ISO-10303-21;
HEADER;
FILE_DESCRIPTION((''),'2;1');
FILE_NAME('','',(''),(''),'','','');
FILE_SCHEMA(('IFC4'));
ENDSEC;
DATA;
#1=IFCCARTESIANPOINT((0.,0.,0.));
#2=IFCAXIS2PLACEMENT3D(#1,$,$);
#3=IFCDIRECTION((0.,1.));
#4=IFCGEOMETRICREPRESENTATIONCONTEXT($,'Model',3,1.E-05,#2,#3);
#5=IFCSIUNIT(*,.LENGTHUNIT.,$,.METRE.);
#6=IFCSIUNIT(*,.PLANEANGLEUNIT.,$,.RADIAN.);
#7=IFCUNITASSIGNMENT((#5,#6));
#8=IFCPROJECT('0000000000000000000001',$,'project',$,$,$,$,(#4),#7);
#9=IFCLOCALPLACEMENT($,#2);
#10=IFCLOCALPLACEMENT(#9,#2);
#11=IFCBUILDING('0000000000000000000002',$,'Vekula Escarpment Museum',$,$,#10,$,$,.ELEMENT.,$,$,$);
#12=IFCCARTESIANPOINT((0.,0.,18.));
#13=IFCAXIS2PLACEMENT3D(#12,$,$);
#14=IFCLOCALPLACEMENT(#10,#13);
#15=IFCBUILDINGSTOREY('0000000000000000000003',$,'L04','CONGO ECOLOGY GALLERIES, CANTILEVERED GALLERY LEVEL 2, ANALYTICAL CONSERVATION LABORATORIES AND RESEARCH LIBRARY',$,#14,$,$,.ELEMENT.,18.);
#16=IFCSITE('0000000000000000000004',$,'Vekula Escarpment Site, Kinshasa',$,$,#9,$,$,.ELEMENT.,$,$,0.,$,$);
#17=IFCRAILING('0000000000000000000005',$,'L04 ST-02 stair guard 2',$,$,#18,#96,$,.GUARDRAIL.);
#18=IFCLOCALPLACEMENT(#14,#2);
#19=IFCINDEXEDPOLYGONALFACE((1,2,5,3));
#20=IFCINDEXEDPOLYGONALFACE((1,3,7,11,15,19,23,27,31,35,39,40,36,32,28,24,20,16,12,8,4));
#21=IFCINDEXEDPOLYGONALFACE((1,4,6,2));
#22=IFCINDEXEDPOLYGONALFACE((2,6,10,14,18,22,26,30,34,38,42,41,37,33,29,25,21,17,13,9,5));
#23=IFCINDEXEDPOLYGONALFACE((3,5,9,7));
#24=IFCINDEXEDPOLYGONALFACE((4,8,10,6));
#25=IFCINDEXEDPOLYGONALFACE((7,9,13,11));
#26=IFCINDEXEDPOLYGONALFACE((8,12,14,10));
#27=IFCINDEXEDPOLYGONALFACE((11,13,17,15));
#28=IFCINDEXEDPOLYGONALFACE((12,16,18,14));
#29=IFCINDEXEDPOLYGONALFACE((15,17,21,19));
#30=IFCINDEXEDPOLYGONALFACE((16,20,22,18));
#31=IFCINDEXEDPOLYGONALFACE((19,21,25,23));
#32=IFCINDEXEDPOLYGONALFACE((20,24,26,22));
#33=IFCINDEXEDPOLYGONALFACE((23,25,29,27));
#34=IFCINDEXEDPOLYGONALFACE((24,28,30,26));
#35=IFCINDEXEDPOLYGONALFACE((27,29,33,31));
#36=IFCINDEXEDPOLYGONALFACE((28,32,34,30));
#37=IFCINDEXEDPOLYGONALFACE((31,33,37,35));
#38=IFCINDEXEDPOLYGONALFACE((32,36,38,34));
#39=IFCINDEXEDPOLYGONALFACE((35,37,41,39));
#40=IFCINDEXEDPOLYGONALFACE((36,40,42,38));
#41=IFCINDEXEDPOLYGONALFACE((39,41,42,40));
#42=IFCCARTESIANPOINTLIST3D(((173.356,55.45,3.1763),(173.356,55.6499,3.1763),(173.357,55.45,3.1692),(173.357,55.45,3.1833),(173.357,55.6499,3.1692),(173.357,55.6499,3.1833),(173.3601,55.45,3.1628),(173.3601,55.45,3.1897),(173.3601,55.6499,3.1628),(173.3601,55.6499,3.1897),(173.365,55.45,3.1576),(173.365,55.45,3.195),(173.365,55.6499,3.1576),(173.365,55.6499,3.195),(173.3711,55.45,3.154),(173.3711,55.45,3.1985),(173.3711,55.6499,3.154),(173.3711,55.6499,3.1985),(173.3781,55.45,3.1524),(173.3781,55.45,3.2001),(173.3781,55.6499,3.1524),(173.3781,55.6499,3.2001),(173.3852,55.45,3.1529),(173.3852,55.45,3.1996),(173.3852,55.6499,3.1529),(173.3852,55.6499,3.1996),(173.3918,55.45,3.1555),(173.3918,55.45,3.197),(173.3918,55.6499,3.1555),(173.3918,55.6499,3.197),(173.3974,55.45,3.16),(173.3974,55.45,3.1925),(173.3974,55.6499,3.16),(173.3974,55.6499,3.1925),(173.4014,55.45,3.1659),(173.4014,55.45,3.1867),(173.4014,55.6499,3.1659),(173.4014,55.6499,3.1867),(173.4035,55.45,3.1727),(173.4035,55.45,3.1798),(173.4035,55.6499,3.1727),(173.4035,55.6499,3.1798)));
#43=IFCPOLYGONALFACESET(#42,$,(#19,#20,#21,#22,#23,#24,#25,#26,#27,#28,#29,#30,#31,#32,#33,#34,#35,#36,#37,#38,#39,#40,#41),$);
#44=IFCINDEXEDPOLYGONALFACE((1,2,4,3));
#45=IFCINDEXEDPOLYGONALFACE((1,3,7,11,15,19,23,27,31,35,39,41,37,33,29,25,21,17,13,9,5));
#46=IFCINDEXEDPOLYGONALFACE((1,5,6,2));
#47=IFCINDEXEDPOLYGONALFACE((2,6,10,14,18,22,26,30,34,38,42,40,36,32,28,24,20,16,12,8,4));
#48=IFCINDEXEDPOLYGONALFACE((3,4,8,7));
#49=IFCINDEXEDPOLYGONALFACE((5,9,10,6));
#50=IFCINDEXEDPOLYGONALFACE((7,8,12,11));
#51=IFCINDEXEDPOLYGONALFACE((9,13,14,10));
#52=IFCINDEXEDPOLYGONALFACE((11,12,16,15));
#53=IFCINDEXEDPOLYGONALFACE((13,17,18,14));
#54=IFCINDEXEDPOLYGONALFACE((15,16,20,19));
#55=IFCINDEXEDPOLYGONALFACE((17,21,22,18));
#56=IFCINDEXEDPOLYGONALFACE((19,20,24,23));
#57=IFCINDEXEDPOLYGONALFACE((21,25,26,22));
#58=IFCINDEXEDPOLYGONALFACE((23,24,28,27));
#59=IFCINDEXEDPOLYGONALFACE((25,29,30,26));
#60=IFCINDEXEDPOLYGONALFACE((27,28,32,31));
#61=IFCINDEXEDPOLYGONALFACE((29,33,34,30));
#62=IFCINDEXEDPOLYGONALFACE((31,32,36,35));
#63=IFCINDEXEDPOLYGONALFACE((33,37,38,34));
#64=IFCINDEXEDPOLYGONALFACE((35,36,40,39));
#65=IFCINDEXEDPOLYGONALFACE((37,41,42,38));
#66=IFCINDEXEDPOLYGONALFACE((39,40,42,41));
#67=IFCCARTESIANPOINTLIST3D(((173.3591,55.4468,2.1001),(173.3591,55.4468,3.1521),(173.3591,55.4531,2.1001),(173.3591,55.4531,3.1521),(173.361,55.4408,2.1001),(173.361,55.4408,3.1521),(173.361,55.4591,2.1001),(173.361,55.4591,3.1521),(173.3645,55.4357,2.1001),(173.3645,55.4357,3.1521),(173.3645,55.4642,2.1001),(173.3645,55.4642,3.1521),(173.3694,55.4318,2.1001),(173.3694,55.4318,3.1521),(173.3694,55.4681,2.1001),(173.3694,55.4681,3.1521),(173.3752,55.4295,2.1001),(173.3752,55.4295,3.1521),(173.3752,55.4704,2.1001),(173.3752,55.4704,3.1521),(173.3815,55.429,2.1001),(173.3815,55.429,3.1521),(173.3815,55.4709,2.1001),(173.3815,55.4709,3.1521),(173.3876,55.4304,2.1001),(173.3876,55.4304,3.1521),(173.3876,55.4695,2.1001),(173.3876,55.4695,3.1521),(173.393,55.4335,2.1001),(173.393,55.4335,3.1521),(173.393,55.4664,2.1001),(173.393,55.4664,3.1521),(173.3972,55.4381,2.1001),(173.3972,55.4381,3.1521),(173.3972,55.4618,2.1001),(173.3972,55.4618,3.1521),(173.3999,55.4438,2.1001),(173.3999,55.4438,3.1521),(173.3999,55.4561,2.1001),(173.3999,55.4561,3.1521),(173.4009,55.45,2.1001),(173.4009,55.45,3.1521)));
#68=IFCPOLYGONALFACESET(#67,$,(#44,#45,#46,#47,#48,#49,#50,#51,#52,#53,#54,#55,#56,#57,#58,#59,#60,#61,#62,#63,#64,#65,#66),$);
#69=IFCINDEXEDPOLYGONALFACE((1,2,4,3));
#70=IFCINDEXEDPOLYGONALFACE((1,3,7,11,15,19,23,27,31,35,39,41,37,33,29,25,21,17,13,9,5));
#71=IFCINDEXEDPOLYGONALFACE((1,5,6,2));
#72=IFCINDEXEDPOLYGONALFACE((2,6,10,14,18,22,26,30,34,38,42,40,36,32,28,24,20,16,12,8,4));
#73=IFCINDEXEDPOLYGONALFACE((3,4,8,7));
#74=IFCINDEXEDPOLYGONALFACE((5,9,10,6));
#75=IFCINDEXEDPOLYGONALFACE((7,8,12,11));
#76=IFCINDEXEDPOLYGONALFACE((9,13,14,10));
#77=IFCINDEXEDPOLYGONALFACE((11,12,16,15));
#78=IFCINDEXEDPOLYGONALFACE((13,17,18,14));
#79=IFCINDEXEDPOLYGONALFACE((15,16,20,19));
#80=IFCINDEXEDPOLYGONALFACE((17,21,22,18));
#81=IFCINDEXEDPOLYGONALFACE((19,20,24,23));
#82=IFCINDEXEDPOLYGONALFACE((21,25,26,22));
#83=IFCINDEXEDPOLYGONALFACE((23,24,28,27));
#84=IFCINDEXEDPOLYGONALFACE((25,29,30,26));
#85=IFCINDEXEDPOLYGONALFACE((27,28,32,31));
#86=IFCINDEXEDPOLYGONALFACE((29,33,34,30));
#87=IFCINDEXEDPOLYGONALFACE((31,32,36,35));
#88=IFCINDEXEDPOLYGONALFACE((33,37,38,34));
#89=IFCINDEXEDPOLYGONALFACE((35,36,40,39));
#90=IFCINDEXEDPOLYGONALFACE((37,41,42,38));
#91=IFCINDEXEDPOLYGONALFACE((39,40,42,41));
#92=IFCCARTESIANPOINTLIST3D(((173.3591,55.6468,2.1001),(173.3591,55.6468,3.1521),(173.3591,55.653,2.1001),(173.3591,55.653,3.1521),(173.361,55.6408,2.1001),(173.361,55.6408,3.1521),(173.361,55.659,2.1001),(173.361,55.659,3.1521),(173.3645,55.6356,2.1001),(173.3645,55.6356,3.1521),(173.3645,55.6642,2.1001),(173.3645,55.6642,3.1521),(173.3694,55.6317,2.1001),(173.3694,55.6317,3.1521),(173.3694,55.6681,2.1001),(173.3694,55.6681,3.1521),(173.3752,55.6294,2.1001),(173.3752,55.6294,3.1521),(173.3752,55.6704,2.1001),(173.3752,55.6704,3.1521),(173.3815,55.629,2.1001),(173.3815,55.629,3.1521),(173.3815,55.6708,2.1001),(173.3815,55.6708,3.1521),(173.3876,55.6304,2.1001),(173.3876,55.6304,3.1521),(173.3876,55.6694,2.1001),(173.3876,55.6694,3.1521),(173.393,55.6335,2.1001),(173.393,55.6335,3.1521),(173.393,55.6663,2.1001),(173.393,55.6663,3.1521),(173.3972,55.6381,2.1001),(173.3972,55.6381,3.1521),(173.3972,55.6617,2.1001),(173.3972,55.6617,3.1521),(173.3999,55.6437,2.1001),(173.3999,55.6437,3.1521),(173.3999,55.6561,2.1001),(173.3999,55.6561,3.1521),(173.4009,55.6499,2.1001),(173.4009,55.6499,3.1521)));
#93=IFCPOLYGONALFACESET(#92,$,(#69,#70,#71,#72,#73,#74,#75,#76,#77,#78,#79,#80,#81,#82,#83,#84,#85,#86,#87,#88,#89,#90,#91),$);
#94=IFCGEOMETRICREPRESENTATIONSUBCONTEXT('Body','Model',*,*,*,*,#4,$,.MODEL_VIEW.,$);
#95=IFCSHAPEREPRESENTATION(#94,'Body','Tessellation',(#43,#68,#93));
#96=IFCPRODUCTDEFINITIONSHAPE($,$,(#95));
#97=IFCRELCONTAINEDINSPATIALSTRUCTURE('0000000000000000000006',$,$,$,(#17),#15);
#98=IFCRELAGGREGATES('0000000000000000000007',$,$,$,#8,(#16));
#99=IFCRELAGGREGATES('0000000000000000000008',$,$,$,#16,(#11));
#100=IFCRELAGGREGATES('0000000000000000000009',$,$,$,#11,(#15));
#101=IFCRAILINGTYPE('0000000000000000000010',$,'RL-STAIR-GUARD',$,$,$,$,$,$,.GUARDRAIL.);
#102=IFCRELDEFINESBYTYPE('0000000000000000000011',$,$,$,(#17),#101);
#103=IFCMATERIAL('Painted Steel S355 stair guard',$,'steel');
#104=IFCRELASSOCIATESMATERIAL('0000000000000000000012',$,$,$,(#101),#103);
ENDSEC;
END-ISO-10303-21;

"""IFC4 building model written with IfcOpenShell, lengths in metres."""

from ifc_helpers import new_model, si_unit, direction, frame, origin, origin_2d, place, context, subcontext, project, spatial, circle, extrude, material, type_object, element, save


model = new_model("IFC4")

# Units and contexts
model_context = context("Model", 3, precision=1e-05, world=origin(), true_north=direction((0.0, 1.0)))
body_context = subcontext(model_context, "Body", "Model", "MODEL_VIEW")
ifc_project = project(units=[si_unit("LENGTHUNIT", "METRE"), si_unit("PLANEANGLEUNIT", "RADIAN")], contexts=[model_context])

# Site, building, storey
site_placement = place(None, origin())
site = spatial("IfcSite", under=ifc_project, at=site_placement, Name="Vekula Escarpment Site, Kinshasa", CompositionType="ELEMENT", RefElevation=0.0)
building_placement = place(site_placement, origin())
building = spatial("IfcBuilding", under=site, at=building_placement, Name="Vekula Escarpment Museum", CompositionType="ELEMENT")
storey_placement = place(building_placement, frame((0.0, 0.0, 18.0)))
storey = spatial("IfcBuildingStorey", under=building, at=storey_placement, Name="L04", Description="CONGO ECOLOGY GALLERIES, CANTILEVERED GALLERY LEVEL 2, ANALYTICAL CONSERVATION LABORATORIES AND RESEARCH LIBRARY", CompositionType="ELEMENT", Elevation=18.0)

# Railing
ifc_material_1 = material(Name="Painted Steel S355 stair guard", Category="steel")
railing_type_1 = type_object("IfcRailingType", Name="RL-STAIR-GUARD", PredefinedType="GUARDRAIL", material=ifc_material_1)
railing_1_placement = place(storey_placement, frame((173.3799, 55.45, 2.1001)))
element("IfcRailing", 1, at=railing_1_placement, inside=storey, type_object=railing_type_1, Name="L04 ST-02 stair guard 2", PredefinedType="GUARDRAIL", context=body_context, shape_type="SweptSolid", body=[
    extrude(circle(Radius=0.0239, at=origin_2d()), frame((0.0, 0.0, 1.0762), z_axis=(0.0, 1.0, 0.0), x_axis=(-1.0, 0.0, 0.0)), (0.0, 0.0, 1.0), 0.2),
    extrude(circle(Radius=0.021, at=origin_2d()), origin(), (0.0, 0.0, 1.0), 1.052),
    extrude(circle(Radius=0.021, at=origin_2d()), frame((0.0, 0.2, 0.0)), (0.0, 0.0, 1.0), 1.052),
])

save(model, "model.ifc")
